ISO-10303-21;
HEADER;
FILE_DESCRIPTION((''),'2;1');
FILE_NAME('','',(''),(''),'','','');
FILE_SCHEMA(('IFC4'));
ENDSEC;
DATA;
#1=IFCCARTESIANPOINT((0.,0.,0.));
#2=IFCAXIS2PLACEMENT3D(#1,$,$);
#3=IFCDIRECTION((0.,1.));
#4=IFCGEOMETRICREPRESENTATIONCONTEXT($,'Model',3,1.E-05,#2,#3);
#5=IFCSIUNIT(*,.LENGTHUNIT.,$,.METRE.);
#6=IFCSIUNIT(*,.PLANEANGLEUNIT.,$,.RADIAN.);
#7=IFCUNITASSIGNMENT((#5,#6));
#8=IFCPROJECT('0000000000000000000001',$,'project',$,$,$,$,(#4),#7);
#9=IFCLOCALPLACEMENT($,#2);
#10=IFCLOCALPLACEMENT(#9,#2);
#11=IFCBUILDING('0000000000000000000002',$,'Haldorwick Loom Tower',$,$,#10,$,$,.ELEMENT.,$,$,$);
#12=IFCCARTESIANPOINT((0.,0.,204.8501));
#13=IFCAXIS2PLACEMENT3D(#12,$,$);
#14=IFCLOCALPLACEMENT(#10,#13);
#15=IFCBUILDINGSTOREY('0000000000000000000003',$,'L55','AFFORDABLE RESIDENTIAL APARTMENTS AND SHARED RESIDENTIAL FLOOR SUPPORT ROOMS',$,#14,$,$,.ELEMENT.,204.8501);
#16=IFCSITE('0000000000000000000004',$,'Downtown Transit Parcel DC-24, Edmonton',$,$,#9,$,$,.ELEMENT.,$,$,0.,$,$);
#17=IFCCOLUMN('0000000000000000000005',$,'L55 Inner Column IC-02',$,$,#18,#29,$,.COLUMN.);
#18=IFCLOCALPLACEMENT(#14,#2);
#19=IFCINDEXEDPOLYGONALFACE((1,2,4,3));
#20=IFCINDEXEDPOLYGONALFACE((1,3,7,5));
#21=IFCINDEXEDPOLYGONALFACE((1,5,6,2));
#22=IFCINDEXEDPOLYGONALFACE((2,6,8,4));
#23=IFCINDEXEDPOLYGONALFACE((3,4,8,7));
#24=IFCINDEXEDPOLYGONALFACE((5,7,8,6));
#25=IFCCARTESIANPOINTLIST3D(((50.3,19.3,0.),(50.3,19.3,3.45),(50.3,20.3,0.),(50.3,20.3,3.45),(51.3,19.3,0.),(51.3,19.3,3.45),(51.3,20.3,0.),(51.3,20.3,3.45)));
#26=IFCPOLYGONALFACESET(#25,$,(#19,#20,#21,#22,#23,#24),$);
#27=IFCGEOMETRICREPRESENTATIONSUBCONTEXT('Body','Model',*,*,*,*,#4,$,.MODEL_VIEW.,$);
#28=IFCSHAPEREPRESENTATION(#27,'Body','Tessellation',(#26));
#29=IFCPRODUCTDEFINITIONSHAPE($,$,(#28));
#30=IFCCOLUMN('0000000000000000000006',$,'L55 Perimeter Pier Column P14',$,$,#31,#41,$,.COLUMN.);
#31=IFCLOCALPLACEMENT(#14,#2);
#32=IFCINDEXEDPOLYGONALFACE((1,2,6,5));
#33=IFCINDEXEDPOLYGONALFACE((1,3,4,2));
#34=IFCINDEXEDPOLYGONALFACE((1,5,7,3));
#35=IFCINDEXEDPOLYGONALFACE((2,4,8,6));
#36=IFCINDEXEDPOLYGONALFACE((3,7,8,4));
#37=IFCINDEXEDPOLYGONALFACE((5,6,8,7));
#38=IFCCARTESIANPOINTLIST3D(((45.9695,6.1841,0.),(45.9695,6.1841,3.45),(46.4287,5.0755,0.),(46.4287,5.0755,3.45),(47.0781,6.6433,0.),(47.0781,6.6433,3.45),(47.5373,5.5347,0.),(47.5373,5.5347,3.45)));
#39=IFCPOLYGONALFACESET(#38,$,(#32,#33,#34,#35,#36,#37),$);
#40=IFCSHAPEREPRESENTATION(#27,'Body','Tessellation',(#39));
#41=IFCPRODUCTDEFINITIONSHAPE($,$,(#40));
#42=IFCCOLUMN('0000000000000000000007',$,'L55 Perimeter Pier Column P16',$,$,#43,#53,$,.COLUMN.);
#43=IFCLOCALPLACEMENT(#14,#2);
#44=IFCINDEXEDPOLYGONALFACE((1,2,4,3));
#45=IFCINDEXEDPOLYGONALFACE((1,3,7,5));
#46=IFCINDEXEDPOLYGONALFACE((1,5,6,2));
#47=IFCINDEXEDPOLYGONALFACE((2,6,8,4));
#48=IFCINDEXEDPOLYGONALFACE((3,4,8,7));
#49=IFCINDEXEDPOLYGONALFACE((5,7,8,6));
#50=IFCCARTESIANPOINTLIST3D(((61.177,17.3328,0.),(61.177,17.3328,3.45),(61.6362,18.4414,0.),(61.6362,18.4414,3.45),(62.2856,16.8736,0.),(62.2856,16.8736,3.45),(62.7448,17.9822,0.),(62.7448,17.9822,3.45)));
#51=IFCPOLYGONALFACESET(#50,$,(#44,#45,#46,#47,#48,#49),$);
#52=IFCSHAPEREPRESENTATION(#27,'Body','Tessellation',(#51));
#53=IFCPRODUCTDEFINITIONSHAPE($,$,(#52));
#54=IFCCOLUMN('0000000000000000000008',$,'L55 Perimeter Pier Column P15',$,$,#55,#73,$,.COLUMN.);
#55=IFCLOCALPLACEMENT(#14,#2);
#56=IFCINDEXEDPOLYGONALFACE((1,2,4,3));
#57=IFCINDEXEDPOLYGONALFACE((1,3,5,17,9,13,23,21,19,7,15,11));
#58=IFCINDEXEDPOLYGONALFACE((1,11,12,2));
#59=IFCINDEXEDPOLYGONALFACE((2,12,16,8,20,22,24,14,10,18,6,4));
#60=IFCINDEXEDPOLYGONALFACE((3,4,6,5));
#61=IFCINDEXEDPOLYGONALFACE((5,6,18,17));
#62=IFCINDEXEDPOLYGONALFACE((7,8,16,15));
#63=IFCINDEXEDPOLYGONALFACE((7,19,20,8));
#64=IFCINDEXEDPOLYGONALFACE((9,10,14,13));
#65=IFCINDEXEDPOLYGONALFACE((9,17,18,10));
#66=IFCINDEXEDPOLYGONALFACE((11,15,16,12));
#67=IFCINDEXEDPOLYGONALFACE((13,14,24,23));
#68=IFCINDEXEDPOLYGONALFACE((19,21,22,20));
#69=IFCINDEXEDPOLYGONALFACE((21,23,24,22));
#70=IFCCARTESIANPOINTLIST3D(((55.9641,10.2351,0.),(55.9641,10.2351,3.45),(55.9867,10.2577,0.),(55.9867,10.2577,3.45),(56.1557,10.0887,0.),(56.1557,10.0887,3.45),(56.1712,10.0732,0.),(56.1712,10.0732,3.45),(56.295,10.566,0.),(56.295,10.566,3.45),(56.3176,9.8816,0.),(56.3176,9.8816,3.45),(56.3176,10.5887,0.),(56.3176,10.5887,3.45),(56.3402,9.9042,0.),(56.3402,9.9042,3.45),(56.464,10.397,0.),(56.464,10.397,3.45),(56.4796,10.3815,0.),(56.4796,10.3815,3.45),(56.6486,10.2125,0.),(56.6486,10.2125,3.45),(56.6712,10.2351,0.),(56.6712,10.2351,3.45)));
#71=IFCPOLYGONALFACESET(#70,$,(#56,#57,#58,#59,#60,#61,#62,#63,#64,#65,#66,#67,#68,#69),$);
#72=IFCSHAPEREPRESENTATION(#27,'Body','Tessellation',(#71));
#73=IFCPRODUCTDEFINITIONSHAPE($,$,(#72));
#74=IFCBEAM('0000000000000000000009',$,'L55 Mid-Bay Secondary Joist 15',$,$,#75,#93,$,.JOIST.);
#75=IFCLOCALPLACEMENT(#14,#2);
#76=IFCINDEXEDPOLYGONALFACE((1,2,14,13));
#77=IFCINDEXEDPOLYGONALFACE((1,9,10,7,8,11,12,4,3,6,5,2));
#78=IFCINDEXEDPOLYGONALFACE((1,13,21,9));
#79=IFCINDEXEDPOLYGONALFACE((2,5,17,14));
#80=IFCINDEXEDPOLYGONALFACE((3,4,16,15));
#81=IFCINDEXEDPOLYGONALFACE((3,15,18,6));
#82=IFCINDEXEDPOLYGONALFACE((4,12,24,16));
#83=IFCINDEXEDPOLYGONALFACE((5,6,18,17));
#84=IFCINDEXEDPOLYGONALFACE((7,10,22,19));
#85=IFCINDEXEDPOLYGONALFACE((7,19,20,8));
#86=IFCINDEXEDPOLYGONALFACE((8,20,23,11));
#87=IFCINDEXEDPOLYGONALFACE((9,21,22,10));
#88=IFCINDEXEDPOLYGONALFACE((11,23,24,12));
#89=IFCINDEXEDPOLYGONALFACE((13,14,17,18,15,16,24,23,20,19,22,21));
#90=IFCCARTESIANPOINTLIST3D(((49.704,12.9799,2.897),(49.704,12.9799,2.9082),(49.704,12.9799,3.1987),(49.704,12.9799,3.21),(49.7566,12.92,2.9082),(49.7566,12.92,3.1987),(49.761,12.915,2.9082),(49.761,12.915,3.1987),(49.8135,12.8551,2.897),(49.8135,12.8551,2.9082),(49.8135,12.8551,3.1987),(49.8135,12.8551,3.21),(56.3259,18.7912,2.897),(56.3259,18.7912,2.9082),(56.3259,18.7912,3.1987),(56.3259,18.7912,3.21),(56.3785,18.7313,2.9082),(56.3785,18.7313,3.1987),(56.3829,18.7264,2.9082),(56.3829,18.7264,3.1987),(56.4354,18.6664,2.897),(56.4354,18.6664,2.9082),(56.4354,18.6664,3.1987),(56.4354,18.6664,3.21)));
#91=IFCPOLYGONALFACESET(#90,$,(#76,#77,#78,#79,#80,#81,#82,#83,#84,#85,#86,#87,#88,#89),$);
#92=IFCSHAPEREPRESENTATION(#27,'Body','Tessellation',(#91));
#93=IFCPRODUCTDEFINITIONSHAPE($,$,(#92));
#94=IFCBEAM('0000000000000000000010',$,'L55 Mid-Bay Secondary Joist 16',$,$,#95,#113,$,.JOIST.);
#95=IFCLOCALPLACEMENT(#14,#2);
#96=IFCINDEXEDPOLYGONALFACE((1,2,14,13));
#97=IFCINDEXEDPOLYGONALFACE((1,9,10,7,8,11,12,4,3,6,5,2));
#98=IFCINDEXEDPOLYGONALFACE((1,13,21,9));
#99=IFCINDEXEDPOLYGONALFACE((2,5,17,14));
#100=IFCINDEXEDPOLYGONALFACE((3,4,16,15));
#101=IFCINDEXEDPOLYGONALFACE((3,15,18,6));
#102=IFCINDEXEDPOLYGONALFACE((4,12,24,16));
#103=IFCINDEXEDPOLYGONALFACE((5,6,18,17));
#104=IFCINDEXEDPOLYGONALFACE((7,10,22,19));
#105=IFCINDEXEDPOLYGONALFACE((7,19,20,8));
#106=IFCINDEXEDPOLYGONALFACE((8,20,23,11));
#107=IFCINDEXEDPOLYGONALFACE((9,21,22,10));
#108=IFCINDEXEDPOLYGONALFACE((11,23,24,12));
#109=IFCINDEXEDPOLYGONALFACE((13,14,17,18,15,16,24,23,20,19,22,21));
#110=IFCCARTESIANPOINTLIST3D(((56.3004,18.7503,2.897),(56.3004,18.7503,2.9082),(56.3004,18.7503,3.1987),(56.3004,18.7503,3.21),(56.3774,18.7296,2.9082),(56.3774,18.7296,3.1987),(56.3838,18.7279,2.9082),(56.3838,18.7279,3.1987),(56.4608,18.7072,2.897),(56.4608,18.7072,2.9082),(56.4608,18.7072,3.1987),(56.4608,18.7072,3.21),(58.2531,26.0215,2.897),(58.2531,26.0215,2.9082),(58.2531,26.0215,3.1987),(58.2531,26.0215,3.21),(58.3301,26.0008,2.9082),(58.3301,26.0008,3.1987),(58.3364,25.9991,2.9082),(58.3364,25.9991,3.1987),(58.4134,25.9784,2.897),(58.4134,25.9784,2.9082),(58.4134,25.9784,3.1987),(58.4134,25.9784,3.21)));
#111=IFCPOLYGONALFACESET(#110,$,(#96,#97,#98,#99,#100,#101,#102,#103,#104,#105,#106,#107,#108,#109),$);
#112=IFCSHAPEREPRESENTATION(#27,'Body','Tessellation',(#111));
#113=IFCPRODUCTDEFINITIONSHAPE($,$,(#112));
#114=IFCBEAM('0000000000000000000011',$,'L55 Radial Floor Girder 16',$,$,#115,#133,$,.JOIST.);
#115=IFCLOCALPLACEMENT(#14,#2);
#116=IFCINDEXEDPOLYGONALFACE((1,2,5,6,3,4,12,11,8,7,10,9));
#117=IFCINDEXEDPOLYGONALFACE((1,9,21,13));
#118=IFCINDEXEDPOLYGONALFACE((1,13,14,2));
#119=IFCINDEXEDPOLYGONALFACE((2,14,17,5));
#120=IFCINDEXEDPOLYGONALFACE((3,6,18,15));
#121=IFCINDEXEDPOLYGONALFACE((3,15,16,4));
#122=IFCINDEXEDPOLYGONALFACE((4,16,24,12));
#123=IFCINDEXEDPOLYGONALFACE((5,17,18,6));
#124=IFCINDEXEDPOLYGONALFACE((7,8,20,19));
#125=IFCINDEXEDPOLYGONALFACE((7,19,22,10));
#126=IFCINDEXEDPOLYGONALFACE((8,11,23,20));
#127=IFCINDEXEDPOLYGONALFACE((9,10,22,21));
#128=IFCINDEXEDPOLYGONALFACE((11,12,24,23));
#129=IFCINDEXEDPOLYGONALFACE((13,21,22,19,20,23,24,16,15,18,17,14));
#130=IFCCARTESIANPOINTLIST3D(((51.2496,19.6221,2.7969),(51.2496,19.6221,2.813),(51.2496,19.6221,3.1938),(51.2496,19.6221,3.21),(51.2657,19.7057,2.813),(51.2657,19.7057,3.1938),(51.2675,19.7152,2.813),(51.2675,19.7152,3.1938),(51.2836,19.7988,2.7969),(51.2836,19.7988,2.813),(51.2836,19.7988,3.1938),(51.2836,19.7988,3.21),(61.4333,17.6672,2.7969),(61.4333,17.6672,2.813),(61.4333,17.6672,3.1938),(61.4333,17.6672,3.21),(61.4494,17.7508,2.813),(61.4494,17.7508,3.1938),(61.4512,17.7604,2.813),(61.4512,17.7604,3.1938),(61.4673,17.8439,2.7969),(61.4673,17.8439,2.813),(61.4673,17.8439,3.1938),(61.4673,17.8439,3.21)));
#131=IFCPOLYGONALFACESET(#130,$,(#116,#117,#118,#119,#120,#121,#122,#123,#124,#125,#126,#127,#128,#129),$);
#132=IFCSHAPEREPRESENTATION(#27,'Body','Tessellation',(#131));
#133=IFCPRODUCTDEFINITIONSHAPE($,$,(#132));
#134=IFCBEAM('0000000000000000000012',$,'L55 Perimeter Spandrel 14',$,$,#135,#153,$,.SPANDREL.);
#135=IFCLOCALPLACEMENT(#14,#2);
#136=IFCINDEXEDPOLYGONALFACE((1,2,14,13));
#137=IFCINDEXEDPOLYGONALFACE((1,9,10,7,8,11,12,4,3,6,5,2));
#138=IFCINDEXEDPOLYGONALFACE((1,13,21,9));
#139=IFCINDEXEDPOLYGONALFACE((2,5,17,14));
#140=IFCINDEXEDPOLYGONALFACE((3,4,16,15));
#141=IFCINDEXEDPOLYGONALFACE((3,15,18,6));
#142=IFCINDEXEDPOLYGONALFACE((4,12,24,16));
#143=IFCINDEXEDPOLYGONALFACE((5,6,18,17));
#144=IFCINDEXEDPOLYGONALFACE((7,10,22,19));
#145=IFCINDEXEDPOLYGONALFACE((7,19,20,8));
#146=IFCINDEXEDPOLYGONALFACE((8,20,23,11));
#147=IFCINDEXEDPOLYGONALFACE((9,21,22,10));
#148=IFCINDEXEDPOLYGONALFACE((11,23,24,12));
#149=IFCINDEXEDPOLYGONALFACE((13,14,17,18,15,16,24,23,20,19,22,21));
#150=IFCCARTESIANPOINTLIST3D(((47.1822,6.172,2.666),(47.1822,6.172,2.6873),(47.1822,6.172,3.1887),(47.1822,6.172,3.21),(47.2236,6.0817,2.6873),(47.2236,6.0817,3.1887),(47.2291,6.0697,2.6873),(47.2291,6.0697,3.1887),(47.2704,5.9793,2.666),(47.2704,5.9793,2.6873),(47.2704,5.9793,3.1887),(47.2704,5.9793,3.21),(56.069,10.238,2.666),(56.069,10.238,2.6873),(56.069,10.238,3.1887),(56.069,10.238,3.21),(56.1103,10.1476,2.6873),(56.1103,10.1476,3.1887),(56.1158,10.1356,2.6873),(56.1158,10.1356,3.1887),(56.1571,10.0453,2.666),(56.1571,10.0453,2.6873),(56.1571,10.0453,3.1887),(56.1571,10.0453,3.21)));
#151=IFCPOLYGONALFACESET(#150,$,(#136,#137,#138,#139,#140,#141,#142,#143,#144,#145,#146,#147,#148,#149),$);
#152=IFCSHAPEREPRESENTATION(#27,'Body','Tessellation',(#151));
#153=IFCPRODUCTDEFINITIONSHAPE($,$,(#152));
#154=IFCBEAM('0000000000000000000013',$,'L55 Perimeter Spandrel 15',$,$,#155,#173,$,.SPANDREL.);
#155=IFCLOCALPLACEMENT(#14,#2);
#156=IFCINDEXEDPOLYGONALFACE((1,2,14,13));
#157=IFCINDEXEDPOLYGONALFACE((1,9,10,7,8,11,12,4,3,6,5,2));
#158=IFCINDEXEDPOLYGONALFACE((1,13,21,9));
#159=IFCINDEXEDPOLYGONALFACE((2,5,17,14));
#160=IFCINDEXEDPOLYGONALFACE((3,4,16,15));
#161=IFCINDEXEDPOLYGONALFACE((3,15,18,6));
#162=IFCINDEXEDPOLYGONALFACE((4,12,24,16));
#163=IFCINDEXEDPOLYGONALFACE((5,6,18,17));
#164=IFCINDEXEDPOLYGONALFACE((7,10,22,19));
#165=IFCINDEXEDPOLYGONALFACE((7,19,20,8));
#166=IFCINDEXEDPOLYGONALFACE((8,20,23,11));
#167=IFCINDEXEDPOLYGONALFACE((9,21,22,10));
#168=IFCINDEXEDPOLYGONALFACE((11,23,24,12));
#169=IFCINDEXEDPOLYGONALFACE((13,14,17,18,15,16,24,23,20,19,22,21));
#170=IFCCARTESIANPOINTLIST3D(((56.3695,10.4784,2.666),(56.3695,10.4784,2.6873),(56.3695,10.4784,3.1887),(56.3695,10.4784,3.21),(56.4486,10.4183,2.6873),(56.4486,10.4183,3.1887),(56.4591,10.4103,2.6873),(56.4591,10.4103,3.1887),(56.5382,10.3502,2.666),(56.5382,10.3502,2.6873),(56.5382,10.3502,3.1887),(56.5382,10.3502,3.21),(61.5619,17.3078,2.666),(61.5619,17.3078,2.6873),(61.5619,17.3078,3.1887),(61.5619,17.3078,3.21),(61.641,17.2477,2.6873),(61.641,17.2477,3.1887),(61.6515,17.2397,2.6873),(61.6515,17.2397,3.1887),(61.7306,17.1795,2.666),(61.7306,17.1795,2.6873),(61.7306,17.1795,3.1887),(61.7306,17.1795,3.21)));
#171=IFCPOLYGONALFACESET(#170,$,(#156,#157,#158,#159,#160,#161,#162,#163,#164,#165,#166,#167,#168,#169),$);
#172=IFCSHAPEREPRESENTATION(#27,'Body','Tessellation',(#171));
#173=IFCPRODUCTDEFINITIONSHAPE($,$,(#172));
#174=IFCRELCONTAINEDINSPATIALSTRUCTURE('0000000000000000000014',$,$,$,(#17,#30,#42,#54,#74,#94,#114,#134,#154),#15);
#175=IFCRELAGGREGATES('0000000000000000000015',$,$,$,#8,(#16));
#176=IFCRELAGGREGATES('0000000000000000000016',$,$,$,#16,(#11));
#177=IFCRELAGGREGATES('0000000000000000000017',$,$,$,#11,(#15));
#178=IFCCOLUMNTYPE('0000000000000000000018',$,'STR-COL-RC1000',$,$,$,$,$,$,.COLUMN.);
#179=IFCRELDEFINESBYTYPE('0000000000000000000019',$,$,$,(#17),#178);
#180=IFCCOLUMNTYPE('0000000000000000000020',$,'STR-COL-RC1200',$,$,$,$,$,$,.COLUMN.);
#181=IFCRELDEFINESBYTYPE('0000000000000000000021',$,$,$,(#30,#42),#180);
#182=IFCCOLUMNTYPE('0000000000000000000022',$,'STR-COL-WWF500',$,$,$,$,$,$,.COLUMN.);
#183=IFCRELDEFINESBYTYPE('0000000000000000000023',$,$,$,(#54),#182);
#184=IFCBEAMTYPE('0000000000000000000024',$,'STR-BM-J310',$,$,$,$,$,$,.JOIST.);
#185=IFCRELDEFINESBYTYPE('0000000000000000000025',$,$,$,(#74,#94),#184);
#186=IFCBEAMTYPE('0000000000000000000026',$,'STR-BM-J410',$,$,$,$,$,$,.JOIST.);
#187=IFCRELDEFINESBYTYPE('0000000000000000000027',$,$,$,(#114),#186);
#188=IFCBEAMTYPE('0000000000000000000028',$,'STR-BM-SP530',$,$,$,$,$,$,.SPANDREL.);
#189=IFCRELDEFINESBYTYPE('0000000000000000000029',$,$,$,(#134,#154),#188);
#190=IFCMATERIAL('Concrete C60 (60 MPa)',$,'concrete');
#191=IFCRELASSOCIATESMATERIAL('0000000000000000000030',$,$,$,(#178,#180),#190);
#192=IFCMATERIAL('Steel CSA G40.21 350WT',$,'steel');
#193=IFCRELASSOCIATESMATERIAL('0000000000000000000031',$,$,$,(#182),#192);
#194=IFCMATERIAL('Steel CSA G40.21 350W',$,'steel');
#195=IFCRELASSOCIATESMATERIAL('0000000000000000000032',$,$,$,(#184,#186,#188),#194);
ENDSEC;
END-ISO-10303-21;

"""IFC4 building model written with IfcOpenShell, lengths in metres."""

from ifc_helpers import new_model, si_unit, direction, frame, origin, origin_2d, place, context, subcontext, project, spatial, rectangle, i_section, extrude, material, material_profile, profile_set, type_object, element, save


model = new_model("IFC4")

# Units and contexts
model_context = context("Model", 3, precision=1e-05, world=origin(), true_north=direction((0.0, 1.0)))
body_context = subcontext(model_context, "Body", "Model", "MODEL_VIEW")
ifc_project = project(units=[si_unit("LENGTHUNIT", "METRE"), si_unit("PLANEANGLEUNIT", "RADIAN")], contexts=[model_context])

# Site, building, storey
site_placement = place(None, origin())
site = spatial("IfcSite", under=ifc_project, at=site_placement, Name="Downtown Transit Parcel DC-24, Edmonton", CompositionType="ELEMENT", RefElevation=0.0)
building_placement = place(site_placement, origin())
building = spatial("IfcBuilding", under=site, at=building_placement, Name="Haldorwick Loom Tower", CompositionType="ELEMENT")
storey_placement = place(building_placement, frame((0.0, 0.0, 204.8501)))
storey = spatial("IfcBuildingStorey", under=building, at=storey_placement, Name="L55", Description="AFFORDABLE RESIDENTIAL APARTMENTS AND SHARED RESIDENTIAL FLOOR SUPPORT ROOMS", CompositionType="ELEMENT", Elevation=204.8501)

# Columns
ifc_material_1 = material(Name="Concrete C60 (60 MPa)", Category="concrete")
ifc_material_profile_1 = material_profile(ifc_material_1, rectangle(XDim=1.0, YDim=1.0, at=origin_2d()), Name="RC1000X1000", Category="concrete")
ifc_profile_set_1 = profile_set([ifc_material_profile_1], Name="Concrete C60 (60 MPa)")
column_type_1 = type_object("IfcColumnType", Name="STR-COL-RC1000", PredefinedType="COLUMN", material=ifc_profile_set_1)
column_1_placement = place(storey_placement, frame((50.8, 19.8, 0.0), z_axis=(0.0, 0.0, 1.0), x_axis=(1.0, 0.0, 0.0)))
element("IfcColumn", 1, at=column_1_placement, inside=storey, type_object=column_type_1, Name="L55 Inner Column IC-02", PredefinedType="COLUMN", context=body_context, shape_type="SweptSolid", body=[
    extrude(rectangle(XDim=1.0, YDim=1.0, at=origin_2d()), origin(), (0.0, 0.0, 1.0), 3.45),
])
ifc_material_profile_2 = material_profile(ifc_material_1, rectangle(XDim=1.2, YDim=1.2, at=origin_2d()), Name="RC1200X1200", Category="concrete")
ifc_profile_set_2 = profile_set([ifc_material_profile_2], Name="Concrete C60 (60 MPa)")
column_type_2 = type_object("IfcColumnType", Name="STR-COL-RC1200", PredefinedType="COLUMN", material=ifc_profile_set_2)
for number, where, z_axis, x_axis, name in (
    (2, (46.7534, 5.8594, 0.0), (0.0, 0.0, 1.0), (0.382683, -0.92388, 0.0), "L55 Perimeter Pier Column P14"),
    (3, (61.9609, 17.6575, 0.0), (0.0, 0.0, 1.0), (0.92388, -0.382683, 0.0), "L55 Perimeter Pier Column P16"),
):
    element("IfcColumn", number, at=place(storey_placement, frame(where, z_axis=z_axis, x_axis=x_axis)), inside=storey, type_object=column_type_2, Name=name, PredefinedType="COLUMN", context=body_context, shape_type="SweptSolid", body=[
        extrude(rectangle(XDim=1.2, YDim=1.2, at=origin_2d()), origin(), (0.0, 0.0, 1.0), 3.45),
    ])
ifc_material_2 = material(Name="Steel CSA G40.21 350WT", Category="steel")
ifc_material_profile_3 = material_profile(ifc_material_2, i_section(OverallWidth=0.5, OverallDepth=0.5, WebThickness=0.022, FlangeThickness=0.032, at=origin_2d()), Name="WWF500X500", Category="steel")
ifc_profile_set_3 = profile_set([ifc_material_profile_3], Name="Steel CSA G40.21 350WT")
column_type_3 = type_object("IfcColumnType", Name="STR-COL-WWF500", PredefinedType="COLUMN", material=ifc_profile_set_3)
column_2_placement = place(storey_placement, frame((56.3176, 10.2351, 0.0), z_axis=(0.0, 0.0, 1.0), x_axis=(0.707107, -0.707107, 0.0)))
element("IfcColumn", 4, at=column_2_placement, inside=storey, type_object=column_type_3, Name="L55 Perimeter Pier Column P15", PredefinedType="COLUMN", context=body_context, shape_type="SweptSolid", body=[
    extrude(i_section(OverallWidth=0.5, OverallDepth=0.5, WebThickness=0.022, FlangeThickness=0.032, at=origin_2d()), origin(), (0.0, 0.0, 1.0), 3.45),
])

# Beams
ifc_material_3 = material(Name="Steel CSA G40.21 350W", Category="steel")
ifc_material_profile_4 = material_profile(ifc_material_3, i_section(OverallWidth=0.166, OverallDepth=0.313, WebThickness=0.0066, FlangeThickness=0.0112, at=origin_2d()), Name="W310X45", Category="steel")
ifc_profile_set_4 = profile_set([ifc_material_profile_4], Name="Steel CSA G40.21 350W")
beam_type_1 = type_object("IfcBeamType", Name="STR-BM-J310", PredefinedType="JOIST", material=ifc_profile_set_4)
beam_1_placement = place(storey_placement, frame((49.7588, 12.9175, 3.0535), z_axis=(0.751609, 0.659608, 0.0), x_axis=(-0.659608, 0.751609, 0.0)))
element("IfcBeam", 5, at=beam_1_placement, inside=storey, type_object=beam_type_1, Name="L55 Mid-Bay Secondary Joist 15", PredefinedType="JOIST", context=body_context, shape_type="SweptSolid", body=[
    extrude(i_section(OverallWidth=0.166, OverallDepth=0.313, WebThickness=0.0066, FlangeThickness=0.0112, at=origin_2d()), origin(), (0.0, 0.0, 1.0), 8.8103),
])
beam_2_placement = place(storey_placement, frame((56.3806, 18.7288, 3.0535), z_axis=(0.259354, 0.965782, 0.0), x_axis=(-0.965782, 0.259354, 0.0)))
element("IfcBeam", 6, at=beam_2_placement, inside=storey, type_object=beam_type_1, Name="L55 Mid-Bay Secondary Joist 16", PredefinedType="JOIST", context=body_context, shape_type="SweptSolid", body=[
    extrude(i_section(OverallWidth=0.166, OverallDepth=0.313, WebThickness=0.0066, FlangeThickness=0.0112, at=origin_2d()), origin(), (0.0, 0.0, 1.0), 7.5288),
])
ifc_material_profile_5 = material_profile(ifc_material_3, i_section(OverallWidth=0.1799, OverallDepth=0.4131, WebThickness=0.0098, FlangeThickness=0.0161, at=origin_2d()), Name="W410X74", Category="steel")
ifc_profile_set_5 = profile_set([ifc_material_profile_5], Name="Steel CSA G40.21 350W")
beam_type_2 = type_object("IfcBeamType", Name="STR-BM-J410", PredefinedType="JOIST", material=ifc_profile_set_5)
beam_3_placement = place(storey_placement, frame((51.2666, 19.7104, 3.0034), z_axis=(0.98207, -0.188517, 0.0), x_axis=(0.188517, 0.98207, 0.0)))
element("IfcBeam", 7, at=beam_3_placement, inside=storey, type_object=beam_type_2, Name="L55 Radial Floor Girder 16", PredefinedType="JOIST", context=body_context, shape_type="SweptSolid", body=[
    extrude(i_section(OverallWidth=0.1799, OverallDepth=0.4131, WebThickness=0.0098, FlangeThickness=0.0161, at=origin_2d()), origin(), (0.0, 0.0, 1.0), 10.3696),
])
ifc_material_profile_6 = material_profile(ifc_material_3, i_section(OverallWidth=0.2119, OverallDepth=0.5439, WebThickness=0.0132, FlangeThickness=0.0212, at=origin_2d()), Name="W530X123", Category="steel")
ifc_profile_set_6 = profile_set([ifc_material_profile_6], Name="Steel CSA G40.21 350W")
beam_type_3 = type_object("IfcBeamType", Name="STR-BM-SP530", PredefinedType="SPANDREL", material=ifc_profile_set_6)
beam_4_placement = place(storey_placement, frame((47.2263, 6.0757, 2.938), z_axis=(0.909342, 0.416049, 0.0), x_axis=(-0.416049, 0.909342, 0.0)))
element("IfcBeam", 8, at=beam_4_placement, inside=storey, type_object=beam_type_3, Name="L55 Perimeter Spandrel 14", PredefinedType="SPANDREL", context=body_context, shape_type="SweptSolid", body=[
    extrude(i_section(OverallWidth=0.2119, OverallDepth=0.5439, WebThickness=0.0132, FlangeThickness=0.0212, at=origin_2d()), origin(), (0.0, 0.0, 1.0), 9.7727),
])
beam_5_placement = place(storey_placement, frame((56.4539, 10.4143, 2.938), z_axis=(0.605237, 0.796045, 0.0), x_axis=(-0.796045, 0.605237, 0.0)))
element("IfcBeam", 9, at=beam_5_placement, inside=storey, type_object=beam_type_3, Name="L55 Perimeter Spandrel 15", PredefinedType="SPANDREL", context=body_context, shape_type="SweptSolid", body=[
    extrude(i_section(OverallWidth=0.2119, OverallDepth=0.5439, WebThickness=0.0132, FlangeThickness=0.0212, at=origin_2d()), origin(), (0.0, 0.0, 1.0), 8.5791),
])

save(model, "model.ifc")
